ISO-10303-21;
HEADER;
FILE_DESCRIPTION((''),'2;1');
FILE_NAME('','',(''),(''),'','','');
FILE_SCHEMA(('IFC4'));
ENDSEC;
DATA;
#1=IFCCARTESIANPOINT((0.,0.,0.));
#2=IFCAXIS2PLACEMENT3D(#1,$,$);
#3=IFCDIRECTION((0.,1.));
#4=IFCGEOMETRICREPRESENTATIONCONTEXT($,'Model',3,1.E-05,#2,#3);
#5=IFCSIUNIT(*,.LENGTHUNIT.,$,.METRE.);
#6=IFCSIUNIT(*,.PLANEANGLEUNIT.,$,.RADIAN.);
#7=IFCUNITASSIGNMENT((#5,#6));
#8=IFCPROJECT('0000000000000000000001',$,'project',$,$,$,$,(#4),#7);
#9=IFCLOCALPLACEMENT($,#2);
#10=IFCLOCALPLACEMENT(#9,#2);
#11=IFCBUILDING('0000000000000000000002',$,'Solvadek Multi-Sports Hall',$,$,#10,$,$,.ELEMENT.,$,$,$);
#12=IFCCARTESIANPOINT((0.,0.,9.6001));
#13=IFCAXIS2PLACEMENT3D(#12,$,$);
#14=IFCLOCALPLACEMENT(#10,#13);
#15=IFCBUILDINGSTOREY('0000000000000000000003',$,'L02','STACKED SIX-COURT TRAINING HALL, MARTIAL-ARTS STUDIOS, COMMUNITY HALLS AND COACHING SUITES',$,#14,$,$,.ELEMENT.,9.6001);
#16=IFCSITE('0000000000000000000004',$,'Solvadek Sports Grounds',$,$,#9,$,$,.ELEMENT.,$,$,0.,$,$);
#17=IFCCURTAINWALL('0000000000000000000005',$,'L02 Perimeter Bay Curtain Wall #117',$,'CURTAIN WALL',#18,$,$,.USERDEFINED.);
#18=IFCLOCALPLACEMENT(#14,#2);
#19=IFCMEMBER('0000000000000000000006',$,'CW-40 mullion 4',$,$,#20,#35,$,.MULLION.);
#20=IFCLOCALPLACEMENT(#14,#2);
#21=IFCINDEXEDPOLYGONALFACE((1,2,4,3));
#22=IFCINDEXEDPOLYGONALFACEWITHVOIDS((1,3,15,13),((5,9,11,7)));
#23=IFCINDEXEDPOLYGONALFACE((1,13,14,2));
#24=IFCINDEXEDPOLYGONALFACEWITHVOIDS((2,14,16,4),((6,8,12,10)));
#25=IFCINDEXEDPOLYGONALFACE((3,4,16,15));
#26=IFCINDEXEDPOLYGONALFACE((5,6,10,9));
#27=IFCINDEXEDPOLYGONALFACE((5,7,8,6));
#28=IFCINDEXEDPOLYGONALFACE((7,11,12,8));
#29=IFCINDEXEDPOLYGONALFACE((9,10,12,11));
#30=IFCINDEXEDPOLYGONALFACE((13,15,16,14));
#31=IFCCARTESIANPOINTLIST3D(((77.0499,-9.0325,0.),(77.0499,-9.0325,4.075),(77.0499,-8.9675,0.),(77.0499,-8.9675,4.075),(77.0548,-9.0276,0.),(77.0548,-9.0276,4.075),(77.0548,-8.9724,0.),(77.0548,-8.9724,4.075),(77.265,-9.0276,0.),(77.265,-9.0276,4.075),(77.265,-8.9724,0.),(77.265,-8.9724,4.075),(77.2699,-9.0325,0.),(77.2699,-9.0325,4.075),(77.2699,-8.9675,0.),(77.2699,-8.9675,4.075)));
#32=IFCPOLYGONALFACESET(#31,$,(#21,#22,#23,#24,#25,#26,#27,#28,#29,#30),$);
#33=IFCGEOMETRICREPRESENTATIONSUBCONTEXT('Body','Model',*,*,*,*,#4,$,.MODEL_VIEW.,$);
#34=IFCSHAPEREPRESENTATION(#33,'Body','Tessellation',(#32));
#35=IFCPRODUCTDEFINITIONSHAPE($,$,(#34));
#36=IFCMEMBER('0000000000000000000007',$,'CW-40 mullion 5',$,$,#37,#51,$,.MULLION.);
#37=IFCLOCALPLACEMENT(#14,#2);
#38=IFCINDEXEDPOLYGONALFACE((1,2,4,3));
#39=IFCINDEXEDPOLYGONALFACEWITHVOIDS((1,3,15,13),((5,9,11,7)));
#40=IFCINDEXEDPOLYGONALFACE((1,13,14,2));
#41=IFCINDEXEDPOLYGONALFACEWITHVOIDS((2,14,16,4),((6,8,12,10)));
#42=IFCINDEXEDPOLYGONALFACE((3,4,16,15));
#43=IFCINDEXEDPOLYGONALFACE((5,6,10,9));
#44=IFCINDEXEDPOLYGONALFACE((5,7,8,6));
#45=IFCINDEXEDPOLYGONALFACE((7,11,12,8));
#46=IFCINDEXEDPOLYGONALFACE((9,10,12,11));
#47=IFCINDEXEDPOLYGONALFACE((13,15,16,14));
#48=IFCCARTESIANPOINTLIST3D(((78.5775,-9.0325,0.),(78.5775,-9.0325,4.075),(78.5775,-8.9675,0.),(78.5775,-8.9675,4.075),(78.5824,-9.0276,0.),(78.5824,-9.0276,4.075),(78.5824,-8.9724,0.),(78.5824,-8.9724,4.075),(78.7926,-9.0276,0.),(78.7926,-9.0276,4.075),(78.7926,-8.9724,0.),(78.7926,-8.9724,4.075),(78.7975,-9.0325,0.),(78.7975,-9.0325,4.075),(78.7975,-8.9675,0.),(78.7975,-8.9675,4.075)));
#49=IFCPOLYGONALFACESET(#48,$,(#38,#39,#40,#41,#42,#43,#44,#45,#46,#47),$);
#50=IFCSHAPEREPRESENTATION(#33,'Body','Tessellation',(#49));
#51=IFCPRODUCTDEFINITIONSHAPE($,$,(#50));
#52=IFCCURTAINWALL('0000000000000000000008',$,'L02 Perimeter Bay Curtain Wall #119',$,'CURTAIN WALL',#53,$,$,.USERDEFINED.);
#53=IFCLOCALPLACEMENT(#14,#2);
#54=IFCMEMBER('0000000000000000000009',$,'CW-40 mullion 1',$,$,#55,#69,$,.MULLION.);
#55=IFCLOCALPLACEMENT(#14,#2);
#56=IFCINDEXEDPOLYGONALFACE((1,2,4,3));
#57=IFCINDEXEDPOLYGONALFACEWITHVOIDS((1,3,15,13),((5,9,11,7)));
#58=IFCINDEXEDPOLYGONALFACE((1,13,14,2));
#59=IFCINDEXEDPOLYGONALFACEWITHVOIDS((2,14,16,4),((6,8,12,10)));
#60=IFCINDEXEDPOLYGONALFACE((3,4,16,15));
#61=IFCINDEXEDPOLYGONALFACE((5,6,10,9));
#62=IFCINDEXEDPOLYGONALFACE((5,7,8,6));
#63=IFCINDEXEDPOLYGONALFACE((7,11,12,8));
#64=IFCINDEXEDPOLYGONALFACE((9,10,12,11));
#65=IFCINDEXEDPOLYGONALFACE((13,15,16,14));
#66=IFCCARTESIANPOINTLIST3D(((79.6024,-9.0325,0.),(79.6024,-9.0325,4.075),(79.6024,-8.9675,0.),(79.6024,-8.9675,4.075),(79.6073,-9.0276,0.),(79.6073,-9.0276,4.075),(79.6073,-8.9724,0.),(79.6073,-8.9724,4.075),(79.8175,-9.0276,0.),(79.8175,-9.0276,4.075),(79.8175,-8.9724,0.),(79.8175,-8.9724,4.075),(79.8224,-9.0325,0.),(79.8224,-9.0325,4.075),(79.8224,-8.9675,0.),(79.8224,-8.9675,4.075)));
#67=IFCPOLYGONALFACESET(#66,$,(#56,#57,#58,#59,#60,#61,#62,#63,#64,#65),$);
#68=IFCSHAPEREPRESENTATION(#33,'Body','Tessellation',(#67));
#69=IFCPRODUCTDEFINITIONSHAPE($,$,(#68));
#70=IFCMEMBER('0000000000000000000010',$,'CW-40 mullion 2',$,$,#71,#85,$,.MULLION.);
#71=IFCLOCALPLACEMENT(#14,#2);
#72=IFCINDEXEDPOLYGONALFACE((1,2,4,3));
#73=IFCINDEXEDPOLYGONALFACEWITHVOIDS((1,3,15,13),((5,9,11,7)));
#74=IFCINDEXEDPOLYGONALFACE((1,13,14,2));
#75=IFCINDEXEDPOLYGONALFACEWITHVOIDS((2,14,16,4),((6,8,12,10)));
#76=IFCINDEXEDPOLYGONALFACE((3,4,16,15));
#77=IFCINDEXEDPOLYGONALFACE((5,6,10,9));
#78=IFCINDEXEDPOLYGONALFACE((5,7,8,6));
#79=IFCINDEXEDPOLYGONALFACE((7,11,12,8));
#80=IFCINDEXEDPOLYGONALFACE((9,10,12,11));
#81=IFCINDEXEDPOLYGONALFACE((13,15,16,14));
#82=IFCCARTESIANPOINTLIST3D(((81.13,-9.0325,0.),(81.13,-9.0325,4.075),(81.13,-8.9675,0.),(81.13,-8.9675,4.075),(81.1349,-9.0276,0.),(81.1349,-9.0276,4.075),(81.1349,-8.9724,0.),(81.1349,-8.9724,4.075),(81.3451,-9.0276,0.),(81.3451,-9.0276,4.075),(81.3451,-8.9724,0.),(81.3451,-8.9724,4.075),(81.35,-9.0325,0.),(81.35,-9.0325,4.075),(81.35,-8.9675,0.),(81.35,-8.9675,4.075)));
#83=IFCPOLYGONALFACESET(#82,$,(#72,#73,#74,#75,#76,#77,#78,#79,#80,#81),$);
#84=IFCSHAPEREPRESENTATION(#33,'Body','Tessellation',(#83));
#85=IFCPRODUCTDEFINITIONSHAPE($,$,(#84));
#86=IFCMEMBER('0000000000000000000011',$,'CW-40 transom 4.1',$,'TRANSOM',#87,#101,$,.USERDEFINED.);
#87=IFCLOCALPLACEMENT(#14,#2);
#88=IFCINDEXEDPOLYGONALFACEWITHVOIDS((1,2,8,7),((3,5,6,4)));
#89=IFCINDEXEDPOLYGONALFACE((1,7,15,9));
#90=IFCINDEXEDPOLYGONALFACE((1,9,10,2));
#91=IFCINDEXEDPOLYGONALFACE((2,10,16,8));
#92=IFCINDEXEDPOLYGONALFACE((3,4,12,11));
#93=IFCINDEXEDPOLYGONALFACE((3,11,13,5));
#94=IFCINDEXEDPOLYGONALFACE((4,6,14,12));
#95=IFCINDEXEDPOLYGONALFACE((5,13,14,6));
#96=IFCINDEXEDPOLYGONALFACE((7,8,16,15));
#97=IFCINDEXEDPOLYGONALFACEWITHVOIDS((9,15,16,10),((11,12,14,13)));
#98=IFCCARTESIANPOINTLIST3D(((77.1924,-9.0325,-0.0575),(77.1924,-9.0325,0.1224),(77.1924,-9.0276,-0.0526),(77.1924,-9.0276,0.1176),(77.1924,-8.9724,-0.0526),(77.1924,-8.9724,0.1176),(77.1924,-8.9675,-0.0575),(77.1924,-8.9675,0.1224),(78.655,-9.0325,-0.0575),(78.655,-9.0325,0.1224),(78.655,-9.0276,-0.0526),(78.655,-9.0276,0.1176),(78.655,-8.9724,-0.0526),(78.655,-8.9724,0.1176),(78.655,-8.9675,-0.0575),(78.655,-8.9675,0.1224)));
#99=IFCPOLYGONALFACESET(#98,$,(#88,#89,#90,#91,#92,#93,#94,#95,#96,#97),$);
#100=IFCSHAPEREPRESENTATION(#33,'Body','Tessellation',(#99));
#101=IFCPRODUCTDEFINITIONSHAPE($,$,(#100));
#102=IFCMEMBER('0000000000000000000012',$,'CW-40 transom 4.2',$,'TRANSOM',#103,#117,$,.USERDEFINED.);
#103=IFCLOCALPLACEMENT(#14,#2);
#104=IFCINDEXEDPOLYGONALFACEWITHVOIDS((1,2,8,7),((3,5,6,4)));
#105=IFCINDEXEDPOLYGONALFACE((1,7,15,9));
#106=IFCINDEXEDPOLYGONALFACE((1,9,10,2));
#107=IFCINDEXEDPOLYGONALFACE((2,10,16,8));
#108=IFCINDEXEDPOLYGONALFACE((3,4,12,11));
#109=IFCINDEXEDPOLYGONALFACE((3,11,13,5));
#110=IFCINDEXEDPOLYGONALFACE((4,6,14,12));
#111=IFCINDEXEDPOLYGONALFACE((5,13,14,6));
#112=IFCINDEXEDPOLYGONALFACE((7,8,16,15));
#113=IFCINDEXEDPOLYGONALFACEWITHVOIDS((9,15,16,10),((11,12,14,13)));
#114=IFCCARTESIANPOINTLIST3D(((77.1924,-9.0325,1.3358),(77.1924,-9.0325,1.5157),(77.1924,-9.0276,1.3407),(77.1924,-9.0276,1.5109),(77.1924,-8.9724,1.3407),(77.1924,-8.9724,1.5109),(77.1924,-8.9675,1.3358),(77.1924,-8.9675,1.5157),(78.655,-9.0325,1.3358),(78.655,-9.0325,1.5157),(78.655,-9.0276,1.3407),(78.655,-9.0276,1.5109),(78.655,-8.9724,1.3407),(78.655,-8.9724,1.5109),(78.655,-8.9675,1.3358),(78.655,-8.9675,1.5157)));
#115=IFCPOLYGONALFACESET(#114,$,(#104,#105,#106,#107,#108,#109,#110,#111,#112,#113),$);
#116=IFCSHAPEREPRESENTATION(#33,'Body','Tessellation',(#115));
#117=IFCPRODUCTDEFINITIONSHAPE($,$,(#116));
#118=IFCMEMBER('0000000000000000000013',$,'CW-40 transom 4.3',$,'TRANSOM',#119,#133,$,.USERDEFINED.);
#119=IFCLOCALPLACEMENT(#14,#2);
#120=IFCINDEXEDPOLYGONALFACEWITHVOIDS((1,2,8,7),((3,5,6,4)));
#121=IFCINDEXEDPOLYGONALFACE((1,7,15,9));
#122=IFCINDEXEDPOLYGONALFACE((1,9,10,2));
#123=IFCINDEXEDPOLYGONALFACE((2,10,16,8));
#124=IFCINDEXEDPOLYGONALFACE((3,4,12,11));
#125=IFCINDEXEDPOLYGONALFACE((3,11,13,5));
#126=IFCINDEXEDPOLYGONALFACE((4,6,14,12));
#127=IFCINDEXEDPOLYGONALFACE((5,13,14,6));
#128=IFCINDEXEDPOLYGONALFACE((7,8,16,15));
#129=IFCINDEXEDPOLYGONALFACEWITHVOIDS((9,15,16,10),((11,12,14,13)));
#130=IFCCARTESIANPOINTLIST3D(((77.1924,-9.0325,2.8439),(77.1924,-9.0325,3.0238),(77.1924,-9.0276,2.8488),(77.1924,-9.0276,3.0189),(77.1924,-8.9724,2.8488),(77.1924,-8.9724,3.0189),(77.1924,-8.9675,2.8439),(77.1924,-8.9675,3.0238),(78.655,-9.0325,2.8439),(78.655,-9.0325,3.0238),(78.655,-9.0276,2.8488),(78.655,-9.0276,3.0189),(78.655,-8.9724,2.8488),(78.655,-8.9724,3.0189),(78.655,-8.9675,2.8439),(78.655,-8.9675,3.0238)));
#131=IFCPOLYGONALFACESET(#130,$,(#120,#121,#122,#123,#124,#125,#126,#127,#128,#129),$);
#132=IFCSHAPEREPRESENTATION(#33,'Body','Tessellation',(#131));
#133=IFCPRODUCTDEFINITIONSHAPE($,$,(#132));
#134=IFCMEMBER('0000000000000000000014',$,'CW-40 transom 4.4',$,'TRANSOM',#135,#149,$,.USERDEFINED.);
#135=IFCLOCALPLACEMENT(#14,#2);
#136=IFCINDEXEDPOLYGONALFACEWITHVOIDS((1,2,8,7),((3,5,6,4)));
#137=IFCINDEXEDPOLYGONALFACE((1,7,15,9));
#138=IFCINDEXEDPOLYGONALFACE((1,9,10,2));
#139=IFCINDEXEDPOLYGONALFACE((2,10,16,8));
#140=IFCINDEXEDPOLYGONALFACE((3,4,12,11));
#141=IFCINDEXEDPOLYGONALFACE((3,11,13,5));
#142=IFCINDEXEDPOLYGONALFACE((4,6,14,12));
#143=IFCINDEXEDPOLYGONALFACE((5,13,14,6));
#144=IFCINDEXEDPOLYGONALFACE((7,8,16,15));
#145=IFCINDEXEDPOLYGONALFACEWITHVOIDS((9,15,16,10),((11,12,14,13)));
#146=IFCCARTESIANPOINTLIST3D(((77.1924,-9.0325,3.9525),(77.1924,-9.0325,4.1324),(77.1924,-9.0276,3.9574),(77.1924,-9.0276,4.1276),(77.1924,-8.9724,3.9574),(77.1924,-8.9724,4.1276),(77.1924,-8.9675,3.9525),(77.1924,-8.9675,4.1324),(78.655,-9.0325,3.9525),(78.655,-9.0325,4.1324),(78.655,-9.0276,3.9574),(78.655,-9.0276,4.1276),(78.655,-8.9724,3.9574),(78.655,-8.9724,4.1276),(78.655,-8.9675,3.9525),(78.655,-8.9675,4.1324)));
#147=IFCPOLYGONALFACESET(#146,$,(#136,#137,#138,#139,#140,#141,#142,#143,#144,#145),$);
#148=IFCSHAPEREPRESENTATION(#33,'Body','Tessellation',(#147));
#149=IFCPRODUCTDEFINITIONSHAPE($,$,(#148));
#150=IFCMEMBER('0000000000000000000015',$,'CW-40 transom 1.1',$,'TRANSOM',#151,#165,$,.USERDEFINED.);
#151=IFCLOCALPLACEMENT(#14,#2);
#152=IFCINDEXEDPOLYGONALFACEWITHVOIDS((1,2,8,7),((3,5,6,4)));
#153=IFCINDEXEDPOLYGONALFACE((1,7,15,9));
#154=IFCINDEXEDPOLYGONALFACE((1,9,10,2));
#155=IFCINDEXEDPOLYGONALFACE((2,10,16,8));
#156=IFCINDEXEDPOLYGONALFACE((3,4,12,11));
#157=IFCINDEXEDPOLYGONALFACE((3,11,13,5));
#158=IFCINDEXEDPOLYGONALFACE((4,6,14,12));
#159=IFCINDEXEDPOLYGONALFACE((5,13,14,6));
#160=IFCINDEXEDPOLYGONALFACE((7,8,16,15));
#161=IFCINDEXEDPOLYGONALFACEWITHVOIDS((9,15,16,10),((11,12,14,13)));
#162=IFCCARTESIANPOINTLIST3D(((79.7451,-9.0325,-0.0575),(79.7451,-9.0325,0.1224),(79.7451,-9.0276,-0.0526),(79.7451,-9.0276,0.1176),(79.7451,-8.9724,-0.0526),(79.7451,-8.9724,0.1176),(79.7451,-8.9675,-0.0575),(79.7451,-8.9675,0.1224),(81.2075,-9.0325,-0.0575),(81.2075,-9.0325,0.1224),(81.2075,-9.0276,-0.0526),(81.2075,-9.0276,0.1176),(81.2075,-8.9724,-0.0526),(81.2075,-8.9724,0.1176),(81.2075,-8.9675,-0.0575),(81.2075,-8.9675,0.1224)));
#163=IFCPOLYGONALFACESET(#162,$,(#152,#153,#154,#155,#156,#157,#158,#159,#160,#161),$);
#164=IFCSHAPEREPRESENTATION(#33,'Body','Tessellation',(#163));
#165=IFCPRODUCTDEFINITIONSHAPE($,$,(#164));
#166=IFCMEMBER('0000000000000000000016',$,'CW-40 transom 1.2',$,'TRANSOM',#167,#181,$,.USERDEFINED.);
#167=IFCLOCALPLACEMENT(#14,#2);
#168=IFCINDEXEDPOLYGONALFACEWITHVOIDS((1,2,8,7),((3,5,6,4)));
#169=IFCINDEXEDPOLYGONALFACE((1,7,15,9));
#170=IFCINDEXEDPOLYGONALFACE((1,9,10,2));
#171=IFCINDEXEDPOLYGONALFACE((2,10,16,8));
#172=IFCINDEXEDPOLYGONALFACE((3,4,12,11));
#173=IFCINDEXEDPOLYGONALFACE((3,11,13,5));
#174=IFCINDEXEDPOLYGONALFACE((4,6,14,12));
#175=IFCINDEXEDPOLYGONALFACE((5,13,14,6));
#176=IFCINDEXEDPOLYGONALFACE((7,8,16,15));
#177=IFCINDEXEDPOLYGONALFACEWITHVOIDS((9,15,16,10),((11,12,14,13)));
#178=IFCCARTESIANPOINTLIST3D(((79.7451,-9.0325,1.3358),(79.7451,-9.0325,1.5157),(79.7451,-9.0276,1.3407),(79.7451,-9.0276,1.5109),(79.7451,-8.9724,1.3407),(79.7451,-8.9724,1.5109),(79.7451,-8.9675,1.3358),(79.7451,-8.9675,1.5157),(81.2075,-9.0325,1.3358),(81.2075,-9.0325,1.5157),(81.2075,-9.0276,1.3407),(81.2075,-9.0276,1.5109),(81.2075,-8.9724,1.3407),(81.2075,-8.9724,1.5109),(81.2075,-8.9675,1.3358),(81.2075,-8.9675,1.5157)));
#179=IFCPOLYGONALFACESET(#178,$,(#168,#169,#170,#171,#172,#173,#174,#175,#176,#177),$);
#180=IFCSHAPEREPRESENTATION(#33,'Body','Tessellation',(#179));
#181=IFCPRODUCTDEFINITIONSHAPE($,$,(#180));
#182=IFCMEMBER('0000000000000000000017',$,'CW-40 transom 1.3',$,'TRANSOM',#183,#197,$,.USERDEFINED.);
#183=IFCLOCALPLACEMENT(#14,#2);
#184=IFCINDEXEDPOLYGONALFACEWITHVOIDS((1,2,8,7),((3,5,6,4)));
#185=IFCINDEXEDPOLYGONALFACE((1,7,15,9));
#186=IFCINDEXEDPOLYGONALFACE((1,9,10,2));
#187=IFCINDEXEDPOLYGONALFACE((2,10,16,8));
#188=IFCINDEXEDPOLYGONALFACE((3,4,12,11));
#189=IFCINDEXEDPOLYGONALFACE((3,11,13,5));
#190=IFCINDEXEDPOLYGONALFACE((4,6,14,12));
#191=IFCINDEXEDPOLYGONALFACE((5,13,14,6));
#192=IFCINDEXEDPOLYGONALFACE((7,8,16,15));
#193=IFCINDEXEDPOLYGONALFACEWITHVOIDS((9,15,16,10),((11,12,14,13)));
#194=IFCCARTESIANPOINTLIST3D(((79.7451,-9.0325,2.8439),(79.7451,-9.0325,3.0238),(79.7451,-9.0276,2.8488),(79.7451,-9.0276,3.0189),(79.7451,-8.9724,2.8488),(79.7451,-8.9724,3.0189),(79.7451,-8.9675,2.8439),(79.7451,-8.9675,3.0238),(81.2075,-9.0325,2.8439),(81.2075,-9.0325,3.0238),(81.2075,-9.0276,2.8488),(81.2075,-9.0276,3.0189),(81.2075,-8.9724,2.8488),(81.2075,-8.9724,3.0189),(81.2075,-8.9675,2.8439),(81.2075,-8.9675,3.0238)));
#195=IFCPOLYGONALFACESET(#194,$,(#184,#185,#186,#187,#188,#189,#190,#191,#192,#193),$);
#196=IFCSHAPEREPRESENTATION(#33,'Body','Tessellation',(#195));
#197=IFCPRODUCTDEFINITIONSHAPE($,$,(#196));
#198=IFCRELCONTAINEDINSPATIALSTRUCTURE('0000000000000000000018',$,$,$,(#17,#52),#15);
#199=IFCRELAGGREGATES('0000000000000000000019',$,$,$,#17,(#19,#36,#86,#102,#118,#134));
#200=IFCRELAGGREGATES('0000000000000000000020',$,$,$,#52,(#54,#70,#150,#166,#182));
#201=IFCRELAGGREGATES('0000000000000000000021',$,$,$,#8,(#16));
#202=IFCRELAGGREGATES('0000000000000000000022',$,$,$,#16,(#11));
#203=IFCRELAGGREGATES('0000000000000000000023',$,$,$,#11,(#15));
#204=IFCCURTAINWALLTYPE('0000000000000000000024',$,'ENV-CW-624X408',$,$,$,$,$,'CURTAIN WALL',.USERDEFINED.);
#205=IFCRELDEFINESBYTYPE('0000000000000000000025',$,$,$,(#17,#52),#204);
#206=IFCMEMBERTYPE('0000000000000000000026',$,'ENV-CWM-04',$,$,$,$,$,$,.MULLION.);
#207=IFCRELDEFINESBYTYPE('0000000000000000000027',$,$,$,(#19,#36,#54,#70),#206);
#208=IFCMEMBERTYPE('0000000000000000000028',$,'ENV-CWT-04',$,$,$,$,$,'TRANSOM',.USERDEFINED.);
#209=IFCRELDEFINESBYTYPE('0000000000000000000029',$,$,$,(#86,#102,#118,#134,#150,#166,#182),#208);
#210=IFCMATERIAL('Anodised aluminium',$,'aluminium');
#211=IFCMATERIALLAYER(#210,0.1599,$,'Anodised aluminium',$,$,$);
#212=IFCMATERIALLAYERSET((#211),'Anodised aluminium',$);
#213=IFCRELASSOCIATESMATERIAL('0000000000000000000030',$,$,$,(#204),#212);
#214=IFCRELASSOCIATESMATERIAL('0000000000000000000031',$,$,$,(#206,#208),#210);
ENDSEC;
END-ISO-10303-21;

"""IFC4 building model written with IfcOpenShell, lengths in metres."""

from ifc_helpers import new_model, si_unit, direction, frame, origin, origin_2d, place, context, subcontext, project, spatial, hollow_rectangle, extrude, material, layer, layer_set, material_profile, profile_set, type_object, element, aggregate, save


model = new_model("IFC4")

# Units and contexts
model_context = context("Model", 3, precision=1e-05, world=origin(), true_north=direction((0.0, 1.0)))
body_context = subcontext(model_context, "Body", "Model", "MODEL_VIEW")
ifc_project = project(units=[si_unit("LENGTHUNIT", "METRE"), si_unit("PLANEANGLEUNIT", "RADIAN")], contexts=[model_context])

# Site, building, storey
site_placement = place(None, origin())
site = spatial("IfcSite", under=ifc_project, at=site_placement, Name="Solvadek Sports Grounds", CompositionType="ELEMENT", RefElevation=0.0)
building_placement = place(site_placement, origin())
building = spatial("IfcBuilding", under=site, at=building_placement, Name="Solvadek Multi-Sports Hall", CompositionType="ELEMENT")
storey_placement = place(building_placement, frame((0.0, 0.0, 9.6001)))
storey = spatial("IfcBuildingStorey", under=building, at=storey_placement, Name="L02", Description="STACKED SIX-COURT TRAINING HALL, MARTIAL-ARTS STUDIOS, COMMUNITY HALLS AND COACHING SUITES", CompositionType="ELEMENT", Elevation=9.6001)

# Curtain walls, members
ifc_material_1 = material(Name="Anodised aluminium", Category="aluminium")
ifc_layer_1 = layer(ifc_material_1, 0.1599, Name="Anodised aluminium")
ifc_layer_set_1 = layer_set([ifc_layer_1], Name="Anodised aluminium")
curtain_wall_type = type_object("IfcCurtainWallType", Name="ENV-CW-624X408", ElementType="CURTAIN WALL", PredefinedType="USERDEFINED", material=ifc_layer_set_1)
curtain_wall_1_placement = place(storey_placement, origin())
curtain_wall_1 = element("IfcCurtainWall", 1, at=curtain_wall_1_placement, inside=storey, type_object=curtain_wall_type, Name="L02 Perimeter Bay Curtain Wall #117", ObjectType="CURTAIN WALL", PredefinedType="USERDEFINED")
ifc_material_profile_1 = material_profile(ifc_material_1, hollow_rectangle(XDim=0.0649, YDim=0.22, WallThickness=0.0049, at=origin_2d()), Name="ALU-M 220x65x5")
ifc_profile_set_1 = profile_set([ifc_material_profile_1], Name="Anodised aluminium")
member_type_1 = type_object("IfcMemberType", Name="ENV-CWM-04", PredefinedType="MULLION", material=ifc_profile_set_1)
member_1_placement = place(storey_placement, frame((77.1599, -9.0, 0.0), z_axis=(0.0, 0.0, 1.0), x_axis=(0.0, 1.0, 0.0)))
member_1 = element("IfcMember", 2, at=member_1_placement, type_object=member_type_1, Name="CW-40 mullion 4", PredefinedType="MULLION", context=body_context, shape_type="SweptSolid", body=[
    extrude(hollow_rectangle(XDim=0.0649, YDim=0.22, WallThickness=0.0049, at=origin_2d()), origin(), (0.0, 0.0, 1.0), 4.075),
])
member_2_placement = place(storey_placement, frame((78.6875, -9.0, 0.0), z_axis=(0.0, 0.0, 1.0), x_axis=(0.0, 1.0, 0.0)))
member_2 = element("IfcMember", 3, at=member_2_placement, type_object=member_type_1, Name="CW-40 mullion 5", PredefinedType="MULLION", context=body_context, shape_type="SweptSolid", body=[
    extrude(hollow_rectangle(XDim=0.0649, YDim=0.22, WallThickness=0.0049, at=origin_2d()), origin(), (0.0, 0.0, 1.0), 4.075),
])
curtain_wall_2_placement = place(storey_placement, origin())
curtain_wall_2 = element("IfcCurtainWall", 4, at=curtain_wall_2_placement, inside=storey, type_object=curtain_wall_type, Name="L02 Perimeter Bay Curtain Wall #119", ObjectType="CURTAIN WALL", PredefinedType="USERDEFINED")
member_3_placement = place(storey_placement, frame((79.7124, -9.0, 0.0), z_axis=(0.0, 0.0, 1.0), x_axis=(0.0, 1.0, 0.0)))
member_3 = element("IfcMember", 5, at=member_3_placement, type_object=member_type_1, Name="CW-40 mullion 1", PredefinedType="MULLION", context=body_context, shape_type="SweptSolid", body=[
    extrude(hollow_rectangle(XDim=0.0649, YDim=0.22, WallThickness=0.0049, at=origin_2d()), origin(), (0.0, 0.0, 1.0), 4.075),
])
member_4_placement = place(storey_placement, frame((81.24, -9.0, 0.0), z_axis=(0.0, 0.0, 1.0), x_axis=(0.0, 1.0, 0.0)))
member_4 = element("IfcMember", 6, at=member_4_placement, type_object=member_type_1, Name="CW-40 mullion 2", PredefinedType="MULLION", context=body_context, shape_type="SweptSolid", body=[
    extrude(hollow_rectangle(XDim=0.0649, YDim=0.22, WallThickness=0.0049, at=origin_2d()), origin(), (0.0, 0.0, 1.0), 4.075),
])

# Members
ifc_material_profile_2 = material_profile(ifc_material_1, hollow_rectangle(XDim=0.0649, YDim=0.1799, WallThickness=0.0049, at=origin_2d()), Name="ALU-T 180x65x5")
ifc_profile_set_2 = profile_set([ifc_material_profile_2], Name="Anodised aluminium")
member_type_2 = type_object("IfcMemberType", Name="ENV-CWT-04", ElementType="TRANSOM", PredefinedType="USERDEFINED", material=ifc_profile_set_2)
member_5_placement = place(storey_placement, frame((77.1924, -9.0, 0.0325), z_axis=(1.0, 0.0, 0.0), x_axis=(0.0, 1.0, 0.0)))
member_5 = element("IfcMember", 7, at=member_5_placement, type_object=member_type_2, Name="CW-40 transom 4.1", ObjectType="TRANSOM", PredefinedType="USERDEFINED", context=body_context, shape_type="SweptSolid", body=[
    extrude(hollow_rectangle(XDim=0.0649, YDim=0.1799, WallThickness=0.0049, at=origin_2d()), origin(), (0.0, 0.0, 1.0), 1.4626),
])
member_6_placement = place(storey_placement, frame((77.1924, -9.0, 1.4258), z_axis=(1.0, 0.0, 0.0), x_axis=(0.0, 1.0, 0.0)))
member_6 = element("IfcMember", 8, at=member_6_placement, type_object=member_type_2, Name="CW-40 transom 4.2", ObjectType="TRANSOM", PredefinedType="USERDEFINED", context=body_context, shape_type="SweptSolid", body=[
    extrude(hollow_rectangle(XDim=0.0649, YDim=0.1799, WallThickness=0.0049, at=origin_2d()), origin(), (0.0, 0.0, 1.0), 1.4626),
])
member_7_placement = place(storey_placement, frame((77.1924, -9.0, 2.9338), z_axis=(1.0, 0.0, 0.0), x_axis=(0.0, 1.0, 0.0)))
member_7 = element("IfcMember", 9, at=member_7_placement, type_object=member_type_2, Name="CW-40 transom 4.3", ObjectType="TRANSOM", PredefinedType="USERDEFINED", context=body_context, shape_type="SweptSolid", body=[
    extrude(hollow_rectangle(XDim=0.0649, YDim=0.1799, WallThickness=0.0049, at=origin_2d()), origin(), (0.0, 0.0, 1.0), 1.4626),
])
member_8_placement = place(storey_placement, frame((77.1924, -9.0, 4.0425), z_axis=(1.0, 0.0, 0.0), x_axis=(0.0, 1.0, 0.0)))
member_8 = element("IfcMember", 10, at=member_8_placement, type_object=member_type_2, Name="CW-40 transom 4.4", ObjectType="TRANSOM", PredefinedType="USERDEFINED", context=body_context, shape_type="SweptSolid", body=[
    extrude(hollow_rectangle(XDim=0.0649, YDim=0.1799, WallThickness=0.0049, at=origin_2d()), origin(), (0.0, 0.0, 1.0), 1.4626),
])
member_9_placement = place(storey_placement, frame((79.7451, -9.0, 0.0325), z_axis=(1.0, 0.0, 0.0), x_axis=(0.0, 1.0, 0.0)))
member_9 = element("IfcMember", 11, at=member_9_placement, type_object=member_type_2, Name="CW-40 transom 1.1", ObjectType="TRANSOM", PredefinedType="USERDEFINED", context=body_context, shape_type="SweptSolid", body=[
    extrude(hollow_rectangle(XDim=0.0649, YDim=0.1799, WallThickness=0.0049, at=origin_2d()), origin(), (0.0, 0.0, 1.0), 1.4624),
])
member_10_placement = place(storey_placement, frame((79.7451, -9.0, 1.4258), z_axis=(1.0, 0.0, 0.0), x_axis=(0.0, 1.0, 0.0)))
member_10 = element("IfcMember", 12, at=member_10_placement, type_object=member_type_2, Name="CW-40 transom 1.2", ObjectType="TRANSOM", PredefinedType="USERDEFINED", context=body_context, shape_type="SweptSolid", body=[
    extrude(hollow_rectangle(XDim=0.0649, YDim=0.1799, WallThickness=0.0049, at=origin_2d()), origin(), (0.0, 0.0, 1.0), 1.4624),
])
member_11_placement = place(storey_placement, frame((79.7451, -9.0, 2.9338), z_axis=(1.0, 0.0, 0.0), x_axis=(0.0, 1.0, 0.0)))
member_11 = element("IfcMember", 13, at=member_11_placement, type_object=member_type_2, Name="CW-40 transom 1.3", ObjectType="TRANSOM", PredefinedType="USERDEFINED", context=body_context, shape_type="SweptSolid", body=[
    extrude(hollow_rectangle(XDim=0.0649, YDim=0.1799, WallThickness=0.0049, at=origin_2d()), origin(), (0.0, 0.0, 1.0), 1.4624),
])

aggregate(curtain_wall_1, [member_1, member_2, member_5, member_6, member_7, member_8])
aggregate(curtain_wall_2, [member_3, member_4, member_9, member_10, member_11])

save(model, "model.ifc")
